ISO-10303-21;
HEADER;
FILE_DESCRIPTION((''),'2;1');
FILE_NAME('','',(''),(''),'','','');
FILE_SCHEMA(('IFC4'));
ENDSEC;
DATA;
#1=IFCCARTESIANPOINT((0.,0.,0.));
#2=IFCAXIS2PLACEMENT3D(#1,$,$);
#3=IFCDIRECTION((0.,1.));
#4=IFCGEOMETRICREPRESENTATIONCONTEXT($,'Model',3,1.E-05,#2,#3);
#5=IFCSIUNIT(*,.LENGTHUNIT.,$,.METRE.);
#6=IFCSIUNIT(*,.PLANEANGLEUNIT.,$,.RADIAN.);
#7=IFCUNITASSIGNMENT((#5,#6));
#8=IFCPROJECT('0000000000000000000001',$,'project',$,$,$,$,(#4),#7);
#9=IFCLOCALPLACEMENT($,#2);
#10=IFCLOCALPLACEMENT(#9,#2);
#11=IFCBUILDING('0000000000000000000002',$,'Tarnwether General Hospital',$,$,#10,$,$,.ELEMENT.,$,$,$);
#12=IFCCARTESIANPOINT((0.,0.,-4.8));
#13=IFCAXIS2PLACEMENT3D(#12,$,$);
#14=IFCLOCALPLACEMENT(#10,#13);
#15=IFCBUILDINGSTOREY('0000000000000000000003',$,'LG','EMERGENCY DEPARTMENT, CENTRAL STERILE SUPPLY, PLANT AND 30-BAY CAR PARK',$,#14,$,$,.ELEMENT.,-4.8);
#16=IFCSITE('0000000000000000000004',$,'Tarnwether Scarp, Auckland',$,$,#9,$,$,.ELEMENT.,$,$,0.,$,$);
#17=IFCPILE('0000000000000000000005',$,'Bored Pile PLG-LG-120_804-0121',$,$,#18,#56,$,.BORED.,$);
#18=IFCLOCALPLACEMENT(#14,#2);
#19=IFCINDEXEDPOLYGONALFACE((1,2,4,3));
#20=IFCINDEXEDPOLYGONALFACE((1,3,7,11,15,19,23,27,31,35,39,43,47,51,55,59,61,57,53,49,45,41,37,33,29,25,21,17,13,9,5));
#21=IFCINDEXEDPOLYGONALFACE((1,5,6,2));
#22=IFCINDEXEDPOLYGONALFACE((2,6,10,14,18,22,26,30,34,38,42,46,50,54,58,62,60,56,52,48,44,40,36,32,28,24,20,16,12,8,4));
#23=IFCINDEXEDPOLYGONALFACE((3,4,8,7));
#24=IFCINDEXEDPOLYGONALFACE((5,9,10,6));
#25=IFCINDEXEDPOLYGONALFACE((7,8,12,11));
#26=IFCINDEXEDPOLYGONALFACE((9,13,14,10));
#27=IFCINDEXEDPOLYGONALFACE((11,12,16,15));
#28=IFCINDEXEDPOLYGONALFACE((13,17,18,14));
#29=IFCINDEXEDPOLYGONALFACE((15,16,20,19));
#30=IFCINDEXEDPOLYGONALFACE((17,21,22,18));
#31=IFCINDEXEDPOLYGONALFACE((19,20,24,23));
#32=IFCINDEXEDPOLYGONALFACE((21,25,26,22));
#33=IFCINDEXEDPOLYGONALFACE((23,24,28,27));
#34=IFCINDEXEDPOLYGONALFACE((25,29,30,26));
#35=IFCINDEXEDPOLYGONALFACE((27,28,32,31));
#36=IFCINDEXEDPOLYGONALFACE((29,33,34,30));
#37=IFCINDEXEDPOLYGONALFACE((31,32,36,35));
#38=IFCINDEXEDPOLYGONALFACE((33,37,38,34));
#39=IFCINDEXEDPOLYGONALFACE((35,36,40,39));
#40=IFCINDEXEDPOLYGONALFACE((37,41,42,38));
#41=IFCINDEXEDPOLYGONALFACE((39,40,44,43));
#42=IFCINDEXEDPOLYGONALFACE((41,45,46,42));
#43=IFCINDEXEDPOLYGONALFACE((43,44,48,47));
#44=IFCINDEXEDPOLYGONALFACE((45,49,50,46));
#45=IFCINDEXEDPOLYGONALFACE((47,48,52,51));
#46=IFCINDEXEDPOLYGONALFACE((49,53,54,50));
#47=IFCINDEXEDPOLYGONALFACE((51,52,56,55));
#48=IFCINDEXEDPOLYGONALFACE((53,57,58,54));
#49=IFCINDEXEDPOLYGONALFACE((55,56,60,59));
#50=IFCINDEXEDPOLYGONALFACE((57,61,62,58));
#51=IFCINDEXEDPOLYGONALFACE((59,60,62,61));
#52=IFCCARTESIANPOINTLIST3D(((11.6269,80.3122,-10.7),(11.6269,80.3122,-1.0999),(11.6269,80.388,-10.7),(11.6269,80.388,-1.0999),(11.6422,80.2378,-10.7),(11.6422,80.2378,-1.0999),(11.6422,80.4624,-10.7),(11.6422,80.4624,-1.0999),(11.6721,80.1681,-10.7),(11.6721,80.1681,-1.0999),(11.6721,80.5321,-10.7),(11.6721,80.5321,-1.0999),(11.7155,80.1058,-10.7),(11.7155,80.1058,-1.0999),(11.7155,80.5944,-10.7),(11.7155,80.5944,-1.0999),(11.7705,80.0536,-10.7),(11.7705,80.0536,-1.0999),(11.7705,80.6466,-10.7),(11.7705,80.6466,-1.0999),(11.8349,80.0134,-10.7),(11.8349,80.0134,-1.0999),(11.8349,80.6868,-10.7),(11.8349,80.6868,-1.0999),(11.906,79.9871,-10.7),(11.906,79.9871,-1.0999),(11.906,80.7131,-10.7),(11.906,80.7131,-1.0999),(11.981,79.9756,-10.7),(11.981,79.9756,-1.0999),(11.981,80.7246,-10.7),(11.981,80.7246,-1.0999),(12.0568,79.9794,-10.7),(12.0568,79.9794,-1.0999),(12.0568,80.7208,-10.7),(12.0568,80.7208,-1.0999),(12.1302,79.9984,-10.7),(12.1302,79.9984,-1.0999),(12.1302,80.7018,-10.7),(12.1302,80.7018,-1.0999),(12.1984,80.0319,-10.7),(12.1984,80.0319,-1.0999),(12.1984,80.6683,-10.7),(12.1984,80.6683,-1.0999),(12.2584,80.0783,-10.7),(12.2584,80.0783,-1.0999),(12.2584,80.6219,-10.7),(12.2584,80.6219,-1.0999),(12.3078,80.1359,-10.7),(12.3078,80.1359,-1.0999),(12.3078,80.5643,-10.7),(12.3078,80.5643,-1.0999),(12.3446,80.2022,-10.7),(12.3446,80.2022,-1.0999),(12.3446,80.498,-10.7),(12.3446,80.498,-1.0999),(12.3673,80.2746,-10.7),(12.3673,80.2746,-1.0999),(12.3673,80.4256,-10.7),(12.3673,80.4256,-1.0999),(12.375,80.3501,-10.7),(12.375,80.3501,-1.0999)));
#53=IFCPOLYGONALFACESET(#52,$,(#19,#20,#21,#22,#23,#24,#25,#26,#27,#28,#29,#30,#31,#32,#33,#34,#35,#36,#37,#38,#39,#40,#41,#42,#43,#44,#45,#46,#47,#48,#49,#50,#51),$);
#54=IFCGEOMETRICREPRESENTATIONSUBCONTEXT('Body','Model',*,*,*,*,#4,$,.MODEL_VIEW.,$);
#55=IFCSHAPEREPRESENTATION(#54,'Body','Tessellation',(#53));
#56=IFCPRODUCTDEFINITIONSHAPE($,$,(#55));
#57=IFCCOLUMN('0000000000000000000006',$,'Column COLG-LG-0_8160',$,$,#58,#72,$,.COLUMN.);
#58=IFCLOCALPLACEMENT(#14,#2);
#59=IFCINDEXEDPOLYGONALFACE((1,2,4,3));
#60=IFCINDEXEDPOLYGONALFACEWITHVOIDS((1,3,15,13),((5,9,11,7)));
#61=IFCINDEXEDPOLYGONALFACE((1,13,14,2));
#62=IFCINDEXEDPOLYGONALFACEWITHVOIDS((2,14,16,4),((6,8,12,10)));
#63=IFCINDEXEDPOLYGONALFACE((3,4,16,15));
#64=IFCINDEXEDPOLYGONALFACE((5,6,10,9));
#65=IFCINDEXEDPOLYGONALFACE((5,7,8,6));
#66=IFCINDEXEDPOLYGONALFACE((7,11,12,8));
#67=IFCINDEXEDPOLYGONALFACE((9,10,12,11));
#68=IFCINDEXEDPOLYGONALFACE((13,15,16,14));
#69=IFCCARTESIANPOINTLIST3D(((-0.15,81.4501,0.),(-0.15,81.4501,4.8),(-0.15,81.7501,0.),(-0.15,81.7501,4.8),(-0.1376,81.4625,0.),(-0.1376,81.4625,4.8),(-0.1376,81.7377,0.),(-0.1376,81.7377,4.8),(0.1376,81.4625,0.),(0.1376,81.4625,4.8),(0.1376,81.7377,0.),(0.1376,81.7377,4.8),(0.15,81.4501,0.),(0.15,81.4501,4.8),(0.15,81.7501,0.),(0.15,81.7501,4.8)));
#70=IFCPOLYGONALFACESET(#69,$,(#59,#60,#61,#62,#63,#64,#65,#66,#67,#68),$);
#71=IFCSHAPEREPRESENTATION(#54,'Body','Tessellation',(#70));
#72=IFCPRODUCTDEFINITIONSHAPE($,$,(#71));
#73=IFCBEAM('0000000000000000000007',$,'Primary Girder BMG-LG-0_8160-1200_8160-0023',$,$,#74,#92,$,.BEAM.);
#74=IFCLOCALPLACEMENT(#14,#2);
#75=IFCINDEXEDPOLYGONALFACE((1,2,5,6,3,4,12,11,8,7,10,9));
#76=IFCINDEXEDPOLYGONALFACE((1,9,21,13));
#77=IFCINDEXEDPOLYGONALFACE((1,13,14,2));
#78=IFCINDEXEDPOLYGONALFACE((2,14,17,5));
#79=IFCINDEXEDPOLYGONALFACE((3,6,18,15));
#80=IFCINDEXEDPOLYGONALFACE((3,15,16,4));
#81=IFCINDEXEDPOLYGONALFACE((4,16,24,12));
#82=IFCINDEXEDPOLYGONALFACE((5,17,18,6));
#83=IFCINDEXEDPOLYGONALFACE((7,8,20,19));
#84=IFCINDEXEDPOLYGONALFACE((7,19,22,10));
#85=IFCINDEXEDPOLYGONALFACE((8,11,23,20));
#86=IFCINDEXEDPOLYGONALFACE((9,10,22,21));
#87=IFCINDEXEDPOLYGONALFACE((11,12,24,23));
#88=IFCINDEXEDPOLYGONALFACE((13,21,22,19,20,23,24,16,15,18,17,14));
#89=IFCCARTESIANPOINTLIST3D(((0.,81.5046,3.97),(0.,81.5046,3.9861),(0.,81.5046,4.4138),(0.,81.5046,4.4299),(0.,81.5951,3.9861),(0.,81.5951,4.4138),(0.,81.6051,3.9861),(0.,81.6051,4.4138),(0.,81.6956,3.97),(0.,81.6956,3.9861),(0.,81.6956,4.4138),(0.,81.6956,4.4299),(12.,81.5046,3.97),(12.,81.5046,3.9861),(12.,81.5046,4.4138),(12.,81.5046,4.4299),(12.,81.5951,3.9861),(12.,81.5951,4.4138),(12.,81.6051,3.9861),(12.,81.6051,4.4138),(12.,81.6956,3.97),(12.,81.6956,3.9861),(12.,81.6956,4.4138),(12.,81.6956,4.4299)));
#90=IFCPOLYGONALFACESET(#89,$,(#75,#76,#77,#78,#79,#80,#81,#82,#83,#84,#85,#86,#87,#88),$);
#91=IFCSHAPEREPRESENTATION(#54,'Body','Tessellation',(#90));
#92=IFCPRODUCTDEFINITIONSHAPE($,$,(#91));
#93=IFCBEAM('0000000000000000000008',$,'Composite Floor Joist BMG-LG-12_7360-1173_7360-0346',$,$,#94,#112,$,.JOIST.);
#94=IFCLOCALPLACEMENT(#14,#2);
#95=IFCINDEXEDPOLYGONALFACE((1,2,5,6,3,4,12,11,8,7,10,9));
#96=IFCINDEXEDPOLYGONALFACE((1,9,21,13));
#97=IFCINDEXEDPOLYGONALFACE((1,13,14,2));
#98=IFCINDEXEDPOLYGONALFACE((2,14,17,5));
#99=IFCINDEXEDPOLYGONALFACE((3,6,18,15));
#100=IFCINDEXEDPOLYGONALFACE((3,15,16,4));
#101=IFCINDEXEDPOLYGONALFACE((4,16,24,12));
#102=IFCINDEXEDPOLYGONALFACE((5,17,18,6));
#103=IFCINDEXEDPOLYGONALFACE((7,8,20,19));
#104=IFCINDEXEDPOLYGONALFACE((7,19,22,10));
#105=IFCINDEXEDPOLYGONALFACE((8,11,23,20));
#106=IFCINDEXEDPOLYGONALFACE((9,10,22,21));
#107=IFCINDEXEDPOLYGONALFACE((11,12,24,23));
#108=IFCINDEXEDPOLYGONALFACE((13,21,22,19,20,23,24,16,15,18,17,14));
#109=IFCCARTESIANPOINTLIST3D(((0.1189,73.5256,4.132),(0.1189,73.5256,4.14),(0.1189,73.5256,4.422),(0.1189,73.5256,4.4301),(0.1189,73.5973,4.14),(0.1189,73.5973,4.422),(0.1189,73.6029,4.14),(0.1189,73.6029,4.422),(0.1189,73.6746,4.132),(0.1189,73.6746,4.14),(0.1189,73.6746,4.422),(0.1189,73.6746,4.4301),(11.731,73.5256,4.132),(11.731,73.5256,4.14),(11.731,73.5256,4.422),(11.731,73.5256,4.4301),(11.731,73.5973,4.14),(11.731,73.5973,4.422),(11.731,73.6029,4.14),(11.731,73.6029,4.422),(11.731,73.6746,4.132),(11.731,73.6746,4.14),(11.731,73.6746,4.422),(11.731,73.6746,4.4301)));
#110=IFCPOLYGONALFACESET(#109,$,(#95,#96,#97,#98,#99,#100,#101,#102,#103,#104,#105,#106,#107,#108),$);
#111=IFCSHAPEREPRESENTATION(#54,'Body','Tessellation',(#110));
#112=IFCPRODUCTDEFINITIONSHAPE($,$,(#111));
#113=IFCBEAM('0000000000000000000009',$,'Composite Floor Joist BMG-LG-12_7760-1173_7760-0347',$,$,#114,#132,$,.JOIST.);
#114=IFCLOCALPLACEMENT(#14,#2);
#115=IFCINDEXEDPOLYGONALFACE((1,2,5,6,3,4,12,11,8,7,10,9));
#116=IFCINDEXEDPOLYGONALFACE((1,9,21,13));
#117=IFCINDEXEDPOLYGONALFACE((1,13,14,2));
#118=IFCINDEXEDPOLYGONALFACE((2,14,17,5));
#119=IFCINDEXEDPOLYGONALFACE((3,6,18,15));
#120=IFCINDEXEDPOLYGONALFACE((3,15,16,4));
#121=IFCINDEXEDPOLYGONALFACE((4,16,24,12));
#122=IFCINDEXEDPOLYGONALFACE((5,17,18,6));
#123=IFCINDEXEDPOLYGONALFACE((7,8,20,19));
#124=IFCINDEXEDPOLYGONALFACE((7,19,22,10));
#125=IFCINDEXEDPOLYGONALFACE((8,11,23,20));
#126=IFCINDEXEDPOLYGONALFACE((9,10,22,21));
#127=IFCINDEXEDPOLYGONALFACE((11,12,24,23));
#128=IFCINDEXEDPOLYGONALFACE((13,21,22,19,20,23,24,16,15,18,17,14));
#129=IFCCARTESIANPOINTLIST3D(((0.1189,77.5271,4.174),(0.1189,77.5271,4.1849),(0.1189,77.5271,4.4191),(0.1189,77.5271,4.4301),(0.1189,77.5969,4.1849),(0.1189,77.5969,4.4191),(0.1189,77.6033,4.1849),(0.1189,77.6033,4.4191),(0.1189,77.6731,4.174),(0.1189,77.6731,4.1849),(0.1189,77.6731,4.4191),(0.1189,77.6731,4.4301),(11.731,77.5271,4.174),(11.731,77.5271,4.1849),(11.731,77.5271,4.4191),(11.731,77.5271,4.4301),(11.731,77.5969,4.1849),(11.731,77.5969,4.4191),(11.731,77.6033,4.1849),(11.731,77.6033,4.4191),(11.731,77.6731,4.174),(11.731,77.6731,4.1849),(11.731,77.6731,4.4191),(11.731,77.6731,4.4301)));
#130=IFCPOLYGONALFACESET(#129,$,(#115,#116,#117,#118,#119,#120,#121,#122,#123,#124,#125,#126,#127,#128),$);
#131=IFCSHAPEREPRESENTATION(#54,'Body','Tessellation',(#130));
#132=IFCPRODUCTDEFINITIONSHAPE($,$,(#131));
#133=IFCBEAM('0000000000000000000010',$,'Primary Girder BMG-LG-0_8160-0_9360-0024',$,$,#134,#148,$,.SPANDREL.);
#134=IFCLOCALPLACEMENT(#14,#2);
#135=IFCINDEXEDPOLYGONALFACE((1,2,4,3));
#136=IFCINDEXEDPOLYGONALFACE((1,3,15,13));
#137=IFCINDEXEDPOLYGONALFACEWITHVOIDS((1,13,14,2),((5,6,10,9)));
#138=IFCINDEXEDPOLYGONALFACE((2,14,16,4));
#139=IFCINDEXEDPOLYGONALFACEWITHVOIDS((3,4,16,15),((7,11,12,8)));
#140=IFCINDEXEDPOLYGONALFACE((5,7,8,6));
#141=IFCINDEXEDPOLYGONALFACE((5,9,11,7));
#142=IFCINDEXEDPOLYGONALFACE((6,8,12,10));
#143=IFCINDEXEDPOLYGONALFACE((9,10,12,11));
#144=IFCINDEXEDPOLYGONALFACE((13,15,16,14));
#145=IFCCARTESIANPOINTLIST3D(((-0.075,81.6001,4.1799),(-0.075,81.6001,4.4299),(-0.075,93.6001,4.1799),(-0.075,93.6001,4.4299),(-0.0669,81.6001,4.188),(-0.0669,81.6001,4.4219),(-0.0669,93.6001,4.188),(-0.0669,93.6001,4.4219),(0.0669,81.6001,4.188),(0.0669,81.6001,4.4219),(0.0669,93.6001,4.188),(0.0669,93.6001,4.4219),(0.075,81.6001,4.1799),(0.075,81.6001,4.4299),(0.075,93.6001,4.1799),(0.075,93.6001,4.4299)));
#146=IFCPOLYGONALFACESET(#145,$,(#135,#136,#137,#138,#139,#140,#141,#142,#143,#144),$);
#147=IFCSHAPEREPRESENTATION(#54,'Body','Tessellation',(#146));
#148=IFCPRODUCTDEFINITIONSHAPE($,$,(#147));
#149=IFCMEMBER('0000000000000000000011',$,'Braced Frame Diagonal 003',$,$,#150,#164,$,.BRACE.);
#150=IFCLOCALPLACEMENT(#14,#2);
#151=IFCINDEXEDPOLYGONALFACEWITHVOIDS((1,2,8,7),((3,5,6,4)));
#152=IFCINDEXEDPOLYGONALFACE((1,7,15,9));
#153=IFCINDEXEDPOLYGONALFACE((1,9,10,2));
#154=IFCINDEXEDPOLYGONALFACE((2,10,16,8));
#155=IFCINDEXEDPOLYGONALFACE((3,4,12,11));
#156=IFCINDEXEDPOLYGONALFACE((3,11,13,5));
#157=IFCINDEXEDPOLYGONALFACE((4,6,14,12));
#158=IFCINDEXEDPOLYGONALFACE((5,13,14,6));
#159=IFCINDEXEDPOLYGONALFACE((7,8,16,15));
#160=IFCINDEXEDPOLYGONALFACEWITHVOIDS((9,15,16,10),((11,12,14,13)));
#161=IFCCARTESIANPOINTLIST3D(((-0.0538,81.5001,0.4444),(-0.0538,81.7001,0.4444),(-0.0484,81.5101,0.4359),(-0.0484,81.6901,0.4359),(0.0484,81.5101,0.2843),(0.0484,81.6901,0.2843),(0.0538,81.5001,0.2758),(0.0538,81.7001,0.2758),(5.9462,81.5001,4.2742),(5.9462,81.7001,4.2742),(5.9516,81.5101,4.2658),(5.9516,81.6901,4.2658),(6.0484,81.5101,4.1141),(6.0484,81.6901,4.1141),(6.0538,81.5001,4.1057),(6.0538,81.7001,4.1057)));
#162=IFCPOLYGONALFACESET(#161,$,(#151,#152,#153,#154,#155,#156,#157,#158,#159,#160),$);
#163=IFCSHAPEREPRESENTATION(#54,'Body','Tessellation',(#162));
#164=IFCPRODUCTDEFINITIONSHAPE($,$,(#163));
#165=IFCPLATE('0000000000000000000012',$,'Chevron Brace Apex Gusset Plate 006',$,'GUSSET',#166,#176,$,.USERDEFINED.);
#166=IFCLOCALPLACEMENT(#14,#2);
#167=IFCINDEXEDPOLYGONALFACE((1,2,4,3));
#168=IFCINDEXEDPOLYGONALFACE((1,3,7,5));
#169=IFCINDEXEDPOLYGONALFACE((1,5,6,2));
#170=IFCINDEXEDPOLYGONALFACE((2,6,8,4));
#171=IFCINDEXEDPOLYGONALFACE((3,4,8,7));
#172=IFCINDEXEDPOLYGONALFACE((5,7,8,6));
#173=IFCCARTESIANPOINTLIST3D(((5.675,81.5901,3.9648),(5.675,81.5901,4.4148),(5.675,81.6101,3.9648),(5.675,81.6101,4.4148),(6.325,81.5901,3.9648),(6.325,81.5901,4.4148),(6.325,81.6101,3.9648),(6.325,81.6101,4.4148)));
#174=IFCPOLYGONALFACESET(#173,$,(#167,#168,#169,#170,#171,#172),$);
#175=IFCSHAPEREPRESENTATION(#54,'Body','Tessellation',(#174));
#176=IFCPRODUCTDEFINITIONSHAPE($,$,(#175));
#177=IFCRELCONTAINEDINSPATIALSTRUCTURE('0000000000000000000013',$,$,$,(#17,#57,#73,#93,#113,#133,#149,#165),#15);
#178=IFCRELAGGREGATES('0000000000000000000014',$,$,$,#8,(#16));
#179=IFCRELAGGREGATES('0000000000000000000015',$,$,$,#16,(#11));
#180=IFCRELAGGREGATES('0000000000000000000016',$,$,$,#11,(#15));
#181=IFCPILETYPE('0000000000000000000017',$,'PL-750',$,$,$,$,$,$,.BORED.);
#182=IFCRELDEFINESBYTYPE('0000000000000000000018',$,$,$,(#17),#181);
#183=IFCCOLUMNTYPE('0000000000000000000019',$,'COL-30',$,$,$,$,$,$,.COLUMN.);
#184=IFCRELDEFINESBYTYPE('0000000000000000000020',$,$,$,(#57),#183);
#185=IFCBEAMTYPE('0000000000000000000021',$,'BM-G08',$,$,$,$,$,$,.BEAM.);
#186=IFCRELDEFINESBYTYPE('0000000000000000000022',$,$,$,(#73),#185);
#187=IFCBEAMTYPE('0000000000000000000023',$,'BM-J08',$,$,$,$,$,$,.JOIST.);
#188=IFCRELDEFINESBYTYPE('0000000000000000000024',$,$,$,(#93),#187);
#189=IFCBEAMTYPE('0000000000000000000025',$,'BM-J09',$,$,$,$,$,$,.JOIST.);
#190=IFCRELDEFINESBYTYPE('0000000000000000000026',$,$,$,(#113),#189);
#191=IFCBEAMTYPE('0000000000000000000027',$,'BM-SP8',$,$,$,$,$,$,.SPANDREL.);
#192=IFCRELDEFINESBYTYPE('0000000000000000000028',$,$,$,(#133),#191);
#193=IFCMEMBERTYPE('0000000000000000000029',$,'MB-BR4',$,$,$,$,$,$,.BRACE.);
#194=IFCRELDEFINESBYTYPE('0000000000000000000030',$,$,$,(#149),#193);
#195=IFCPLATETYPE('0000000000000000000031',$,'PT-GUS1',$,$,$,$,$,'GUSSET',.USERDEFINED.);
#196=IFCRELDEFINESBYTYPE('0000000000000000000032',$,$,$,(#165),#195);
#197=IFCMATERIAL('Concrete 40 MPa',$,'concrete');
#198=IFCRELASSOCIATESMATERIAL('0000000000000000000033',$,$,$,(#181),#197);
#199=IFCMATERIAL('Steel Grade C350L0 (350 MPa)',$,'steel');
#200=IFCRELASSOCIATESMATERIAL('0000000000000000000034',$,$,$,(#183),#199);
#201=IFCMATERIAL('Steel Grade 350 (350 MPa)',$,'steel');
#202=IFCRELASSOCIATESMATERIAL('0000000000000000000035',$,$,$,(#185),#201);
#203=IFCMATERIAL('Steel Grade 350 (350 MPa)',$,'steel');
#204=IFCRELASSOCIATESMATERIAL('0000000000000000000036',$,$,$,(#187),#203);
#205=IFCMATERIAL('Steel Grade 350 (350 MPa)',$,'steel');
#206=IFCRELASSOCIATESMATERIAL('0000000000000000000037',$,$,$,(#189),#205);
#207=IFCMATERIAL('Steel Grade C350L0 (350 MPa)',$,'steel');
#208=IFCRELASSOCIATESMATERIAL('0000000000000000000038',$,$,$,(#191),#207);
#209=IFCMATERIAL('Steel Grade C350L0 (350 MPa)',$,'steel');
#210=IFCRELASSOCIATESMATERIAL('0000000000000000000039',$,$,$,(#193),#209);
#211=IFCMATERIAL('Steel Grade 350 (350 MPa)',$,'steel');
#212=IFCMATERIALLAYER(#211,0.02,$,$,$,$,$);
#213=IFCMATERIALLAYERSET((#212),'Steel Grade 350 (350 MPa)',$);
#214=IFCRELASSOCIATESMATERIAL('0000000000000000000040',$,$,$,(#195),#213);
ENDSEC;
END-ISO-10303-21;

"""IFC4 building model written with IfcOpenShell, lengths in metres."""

from ifc_helpers import new_model, si_unit, direction, frame, origin, origin_2d, place, context, subcontext, project, spatial, rectangle, hollow_rectangle, circle, i_section, extrude, material, layer, layer_set, material_profile, profile_set, type_object, element, save


model = new_model("IFC4")

# Units and contexts
model_context = context("Model", 3, precision=1e-05, world=origin(), true_north=direction((0.0, 1.0)))
body_context = subcontext(model_context, "Body", "Model", "MODEL_VIEW")
ifc_project = project(units=[si_unit("LENGTHUNIT", "METRE"), si_unit("PLANEANGLEUNIT", "RADIAN")], contexts=[model_context])

# Site, building, storey
site_placement = place(None, origin())
site = spatial("IfcSite", under=ifc_project, at=site_placement, Name="Tarnwether Scarp, Auckland", CompositionType="ELEMENT", RefElevation=0.0)
building_placement = place(site_placement, origin())
building = spatial("IfcBuilding", under=site, at=building_placement, Name="Tarnwether General Hospital", CompositionType="ELEMENT")
storey_placement = place(building_placement, frame((0.0, 0.0, -4.8)))
storey = spatial("IfcBuildingStorey", under=building, at=storey_placement, Name="LG", Description="EMERGENCY DEPARTMENT, CENTRAL STERILE SUPPLY, PLANT AND 30-BAY CAR PARK", CompositionType="ELEMENT", Elevation=-4.8)

# Pile
ifc_material_1 = material(Name="Concrete 40 MPa", Category="concrete")
ifc_material_profile_1 = material_profile(ifc_material_1, circle(Radius=0.375, at=origin_2d()), Name="PILE-D750")
ifc_profile_set_1 = profile_set([ifc_material_profile_1], Name="Concrete 40 MPa")
pile_type_1 = type_object("IfcPileType", Name="PL-750", PredefinedType="BORED", material=ifc_profile_set_1)
pile_placement = place(storey_placement, frame((12.0, 80.3501, -1.0999), z_axis=(0.0, 0.0, -1.0), x_axis=(1.0, 0.0, 0.0)))
element("IfcPile", 1, at=pile_placement, inside=storey, type_object=pile_type_1, Name="Bored Pile PLG-LG-120_804-0121", PredefinedType="BORED", context=body_context, shape_type="SweptSolid", body=[
    extrude(circle(Radius=0.375, at=origin_2d()), origin(), (0.0, 0.0, 1.0), 9.6001),
])

# Column
ifc_material_2 = material(Name="Steel Grade C350L0 (350 MPa)", Category="steel")
ifc_material_profile_2 = material_profile(ifc_material_2, hollow_rectangle(XDim=0.3, YDim=0.3, WallThickness=0.0125, at=origin_2d()), Name="SHS300x300x12.5")
ifc_profile_set_2 = profile_set([ifc_material_profile_2], Name="Steel Grade C350L0 (350 MPa)")
column_type = type_object("IfcColumnType", Name="COL-30", PredefinedType="COLUMN", material=ifc_profile_set_2)
column_placement = place(storey_placement, frame((0.0, 81.6001, 0.0), z_axis=(0.0, 0.0, 1.0), x_axis=(1.0, 0.0, 0.0)))
element("IfcColumn", 2, at=column_placement, inside=storey, type_object=column_type, Name="Column COLG-LG-0_8160", PredefinedType="COLUMN", context=body_context, shape_type="SweptSolid", body=[
    extrude(hollow_rectangle(XDim=0.3, YDim=0.3, WallThickness=0.0125, at=origin_2d()), origin(), (0.0, 0.0, 1.0), 4.8),
])

# Beams
ifc_material_3 = material(Name="Steel Grade 350 (350 MPa)", Category="steel")
ifc_material_profile_3 = material_profile(ifc_material_3, i_section(OverallWidth=0.1909, OverallDepth=0.46, WebThickness=0.01, FlangeThickness=0.0161, at=origin_2d()), Name="460UB82.1")
ifc_profile_set_3 = profile_set([ifc_material_profile_3], Name="Steel Grade 350 (350 MPa)")
beam_type_1 = type_object("IfcBeamType", Name="BM-G08", PredefinedType="BEAM", material=ifc_profile_set_3)
beam_1_placement = place(storey_placement, frame((0.0, 81.6001, 4.2), z_axis=(1.0, 0.0, 0.0), x_axis=(0.0, 1.0, 0.0)))
element("IfcBeam", 3, at=beam_1_placement, inside=storey, type_object=beam_type_1, Name="Primary Girder BMG-LG-0_8160-1200_8160-0023", PredefinedType="BEAM", context=body_context, shape_type="SweptSolid", body=[
    extrude(i_section(OverallWidth=0.1909, OverallDepth=0.46, WebThickness=0.01, FlangeThickness=0.0161, at=origin_2d()), origin(), (0.0, 0.0, 1.0), 12.0),
])
ifc_material_4 = material(Name="Steel Grade 350 (350 MPa)", Category="steel")
ifc_material_profile_4 = material_profile(ifc_material_4, i_section(OverallWidth=0.1489, OverallDepth=0.2981, WebThickness=0.0056, FlangeThickness=0.0081, at=origin_2d()), Name="310UB32.0")
ifc_profile_set_4 = profile_set([ifc_material_profile_4], Name="Steel Grade 350 (350 MPa)")
beam_type_2 = type_object("IfcBeamType", Name="BM-J08", PredefinedType="JOIST", material=ifc_profile_set_4)
beam_2_placement = place(storey_placement, frame((0.1189, 73.6001, 4.281), z_axis=(1.0, 0.0, 0.0), x_axis=(0.0, 1.0, 0.0)))
element("IfcBeam", 4, at=beam_2_placement, inside=storey, type_object=beam_type_2, Name="Composite Floor Joist BMG-LG-12_7360-1173_7360-0346", PredefinedType="JOIST", context=body_context, shape_type="SweptSolid", body=[
    extrude(i_section(OverallWidth=0.1489, OverallDepth=0.2981, WebThickness=0.0056, FlangeThickness=0.0081, at=origin_2d()), origin(), (0.0, 0.0, 1.0), 11.6121),
])
ifc_material_5 = material(Name="Steel Grade 350 (350 MPa)", Category="steel")
ifc_material_profile_5 = material_profile(ifc_material_5, i_section(OverallWidth=0.146, OverallDepth=0.2561, WebThickness=0.0063, FlangeThickness=0.011, at=origin_2d()), Name="250UB37.3")
ifc_profile_set_5 = profile_set([ifc_material_profile_5], Name="Steel Grade 350 (350 MPa)")
beam_type_3 = type_object("IfcBeamType", Name="BM-J09", PredefinedType="JOIST", material=ifc_profile_set_5)
beam_3_placement = place(storey_placement, frame((0.1189, 77.6001, 4.302), z_axis=(1.0, 0.0, 0.0), x_axis=(0.0, 1.0, 0.0)))
element("IfcBeam", 5, at=beam_3_placement, inside=storey, type_object=beam_type_3, Name="Composite Floor Joist BMG-LG-12_7760-1173_7760-0347", PredefinedType="JOIST", context=body_context, shape_type="SweptSolid", body=[
    extrude(i_section(OverallWidth=0.146, OverallDepth=0.2561, WebThickness=0.0063, FlangeThickness=0.011, at=origin_2d()), origin(), (0.0, 0.0, 1.0), 11.6121),
])
ifc_material_6 = material(Name="Steel Grade C350L0 (350 MPa)", Category="steel")
ifc_material_profile_6 = material_profile(ifc_material_6, hollow_rectangle(XDim=0.1499, YDim=0.25, WallThickness=0.0081, at=origin_2d()), Name="RHS250x150x8")
ifc_profile_set_6 = profile_set([ifc_material_profile_6], Name="Steel Grade C350L0 (350 MPa)")
beam_type_4 = type_object("IfcBeamType", Name="BM-SP8", PredefinedType="SPANDREL", material=ifc_profile_set_6)
beam_4_placement = place(storey_placement, frame((0.0, 81.6001, 4.3049), z_axis=(0.0, 1.0, 0.0), x_axis=(-1.0, 0.0, 0.0)))
element("IfcBeam", 6, at=beam_4_placement, inside=storey, type_object=beam_type_4, Name="Primary Girder BMG-LG-0_8160-0_9360-0024", PredefinedType="SPANDREL", context=body_context, shape_type="SweptSolid", body=[
    extrude(hollow_rectangle(XDim=0.1499, YDim=0.25, WallThickness=0.0081, at=origin_2d()), origin(), (0.0, 0.0, 1.0), 12.0),
])

# Member
ifc_material_7 = material(Name="Steel Grade C350L0 (350 MPa)", Category="steel")
ifc_material_profile_7 = material_profile(ifc_material_7, hollow_rectangle(XDim=0.2, YDim=0.2, WallThickness=0.01, at=origin_2d()), Name="SHS200x200x10")
ifc_profile_set_7 = profile_set([ifc_material_profile_7], Name="Steel Grade C350L0 (350 MPa)")
member_type = type_object("IfcMemberType", Name="MB-BR4", PredefinedType="BRACE", material=ifc_profile_set_7)
member_placement = place(storey_placement, frame((0.0, 81.6001, 0.3601), z_axis=(0.842919, 0.0, 0.53804), x_axis=(0.0, 1.0, 0.0)))
element("IfcMember", 7, at=member_placement, inside=storey, type_object=member_type, Name="Braced Frame Diagonal 003", PredefinedType="BRACE", context=body_context, shape_type="SweptSolid", body=[
    extrude(hollow_rectangle(XDim=0.2, YDim=0.2, WallThickness=0.01, at=origin_2d()), origin(), (0.0, 0.0, 1.0), 7.1182),
])

# Plate
ifc_material_8 = material(Name="Steel Grade 350 (350 MPa)", Category="steel")
ifc_layer_1 = layer(ifc_material_8, 0.02)
ifc_layer_set_1 = layer_set([ifc_layer_1], Name="Steel Grade 350 (350 MPa)")
plate_type_1 = type_object("IfcPlateType", Name="PT-GUS1", ElementType="GUSSET", PredefinedType="USERDEFINED", material=ifc_layer_set_1)
plate_1_placement = place(storey_placement, frame((6.0, 81.6001, 3.9648), z_axis=(0.0, 0.0, 1.0), x_axis=(1.0, 0.0, 0.0)))
element("IfcPlate", 8, at=plate_1_placement, inside=storey, type_object=plate_type_1, Name="Chevron Brace Apex Gusset Plate 006", ObjectType="GUSSET", PredefinedType="USERDEFINED", context=body_context, shape_type="SweptSolid", body=[
    extrude(rectangle(XDim=0.6499, YDim=0.02, at=origin_2d()), origin(), (0.0, 0.0, 1.0), 0.45),
])

save(model, "model.ifc")
